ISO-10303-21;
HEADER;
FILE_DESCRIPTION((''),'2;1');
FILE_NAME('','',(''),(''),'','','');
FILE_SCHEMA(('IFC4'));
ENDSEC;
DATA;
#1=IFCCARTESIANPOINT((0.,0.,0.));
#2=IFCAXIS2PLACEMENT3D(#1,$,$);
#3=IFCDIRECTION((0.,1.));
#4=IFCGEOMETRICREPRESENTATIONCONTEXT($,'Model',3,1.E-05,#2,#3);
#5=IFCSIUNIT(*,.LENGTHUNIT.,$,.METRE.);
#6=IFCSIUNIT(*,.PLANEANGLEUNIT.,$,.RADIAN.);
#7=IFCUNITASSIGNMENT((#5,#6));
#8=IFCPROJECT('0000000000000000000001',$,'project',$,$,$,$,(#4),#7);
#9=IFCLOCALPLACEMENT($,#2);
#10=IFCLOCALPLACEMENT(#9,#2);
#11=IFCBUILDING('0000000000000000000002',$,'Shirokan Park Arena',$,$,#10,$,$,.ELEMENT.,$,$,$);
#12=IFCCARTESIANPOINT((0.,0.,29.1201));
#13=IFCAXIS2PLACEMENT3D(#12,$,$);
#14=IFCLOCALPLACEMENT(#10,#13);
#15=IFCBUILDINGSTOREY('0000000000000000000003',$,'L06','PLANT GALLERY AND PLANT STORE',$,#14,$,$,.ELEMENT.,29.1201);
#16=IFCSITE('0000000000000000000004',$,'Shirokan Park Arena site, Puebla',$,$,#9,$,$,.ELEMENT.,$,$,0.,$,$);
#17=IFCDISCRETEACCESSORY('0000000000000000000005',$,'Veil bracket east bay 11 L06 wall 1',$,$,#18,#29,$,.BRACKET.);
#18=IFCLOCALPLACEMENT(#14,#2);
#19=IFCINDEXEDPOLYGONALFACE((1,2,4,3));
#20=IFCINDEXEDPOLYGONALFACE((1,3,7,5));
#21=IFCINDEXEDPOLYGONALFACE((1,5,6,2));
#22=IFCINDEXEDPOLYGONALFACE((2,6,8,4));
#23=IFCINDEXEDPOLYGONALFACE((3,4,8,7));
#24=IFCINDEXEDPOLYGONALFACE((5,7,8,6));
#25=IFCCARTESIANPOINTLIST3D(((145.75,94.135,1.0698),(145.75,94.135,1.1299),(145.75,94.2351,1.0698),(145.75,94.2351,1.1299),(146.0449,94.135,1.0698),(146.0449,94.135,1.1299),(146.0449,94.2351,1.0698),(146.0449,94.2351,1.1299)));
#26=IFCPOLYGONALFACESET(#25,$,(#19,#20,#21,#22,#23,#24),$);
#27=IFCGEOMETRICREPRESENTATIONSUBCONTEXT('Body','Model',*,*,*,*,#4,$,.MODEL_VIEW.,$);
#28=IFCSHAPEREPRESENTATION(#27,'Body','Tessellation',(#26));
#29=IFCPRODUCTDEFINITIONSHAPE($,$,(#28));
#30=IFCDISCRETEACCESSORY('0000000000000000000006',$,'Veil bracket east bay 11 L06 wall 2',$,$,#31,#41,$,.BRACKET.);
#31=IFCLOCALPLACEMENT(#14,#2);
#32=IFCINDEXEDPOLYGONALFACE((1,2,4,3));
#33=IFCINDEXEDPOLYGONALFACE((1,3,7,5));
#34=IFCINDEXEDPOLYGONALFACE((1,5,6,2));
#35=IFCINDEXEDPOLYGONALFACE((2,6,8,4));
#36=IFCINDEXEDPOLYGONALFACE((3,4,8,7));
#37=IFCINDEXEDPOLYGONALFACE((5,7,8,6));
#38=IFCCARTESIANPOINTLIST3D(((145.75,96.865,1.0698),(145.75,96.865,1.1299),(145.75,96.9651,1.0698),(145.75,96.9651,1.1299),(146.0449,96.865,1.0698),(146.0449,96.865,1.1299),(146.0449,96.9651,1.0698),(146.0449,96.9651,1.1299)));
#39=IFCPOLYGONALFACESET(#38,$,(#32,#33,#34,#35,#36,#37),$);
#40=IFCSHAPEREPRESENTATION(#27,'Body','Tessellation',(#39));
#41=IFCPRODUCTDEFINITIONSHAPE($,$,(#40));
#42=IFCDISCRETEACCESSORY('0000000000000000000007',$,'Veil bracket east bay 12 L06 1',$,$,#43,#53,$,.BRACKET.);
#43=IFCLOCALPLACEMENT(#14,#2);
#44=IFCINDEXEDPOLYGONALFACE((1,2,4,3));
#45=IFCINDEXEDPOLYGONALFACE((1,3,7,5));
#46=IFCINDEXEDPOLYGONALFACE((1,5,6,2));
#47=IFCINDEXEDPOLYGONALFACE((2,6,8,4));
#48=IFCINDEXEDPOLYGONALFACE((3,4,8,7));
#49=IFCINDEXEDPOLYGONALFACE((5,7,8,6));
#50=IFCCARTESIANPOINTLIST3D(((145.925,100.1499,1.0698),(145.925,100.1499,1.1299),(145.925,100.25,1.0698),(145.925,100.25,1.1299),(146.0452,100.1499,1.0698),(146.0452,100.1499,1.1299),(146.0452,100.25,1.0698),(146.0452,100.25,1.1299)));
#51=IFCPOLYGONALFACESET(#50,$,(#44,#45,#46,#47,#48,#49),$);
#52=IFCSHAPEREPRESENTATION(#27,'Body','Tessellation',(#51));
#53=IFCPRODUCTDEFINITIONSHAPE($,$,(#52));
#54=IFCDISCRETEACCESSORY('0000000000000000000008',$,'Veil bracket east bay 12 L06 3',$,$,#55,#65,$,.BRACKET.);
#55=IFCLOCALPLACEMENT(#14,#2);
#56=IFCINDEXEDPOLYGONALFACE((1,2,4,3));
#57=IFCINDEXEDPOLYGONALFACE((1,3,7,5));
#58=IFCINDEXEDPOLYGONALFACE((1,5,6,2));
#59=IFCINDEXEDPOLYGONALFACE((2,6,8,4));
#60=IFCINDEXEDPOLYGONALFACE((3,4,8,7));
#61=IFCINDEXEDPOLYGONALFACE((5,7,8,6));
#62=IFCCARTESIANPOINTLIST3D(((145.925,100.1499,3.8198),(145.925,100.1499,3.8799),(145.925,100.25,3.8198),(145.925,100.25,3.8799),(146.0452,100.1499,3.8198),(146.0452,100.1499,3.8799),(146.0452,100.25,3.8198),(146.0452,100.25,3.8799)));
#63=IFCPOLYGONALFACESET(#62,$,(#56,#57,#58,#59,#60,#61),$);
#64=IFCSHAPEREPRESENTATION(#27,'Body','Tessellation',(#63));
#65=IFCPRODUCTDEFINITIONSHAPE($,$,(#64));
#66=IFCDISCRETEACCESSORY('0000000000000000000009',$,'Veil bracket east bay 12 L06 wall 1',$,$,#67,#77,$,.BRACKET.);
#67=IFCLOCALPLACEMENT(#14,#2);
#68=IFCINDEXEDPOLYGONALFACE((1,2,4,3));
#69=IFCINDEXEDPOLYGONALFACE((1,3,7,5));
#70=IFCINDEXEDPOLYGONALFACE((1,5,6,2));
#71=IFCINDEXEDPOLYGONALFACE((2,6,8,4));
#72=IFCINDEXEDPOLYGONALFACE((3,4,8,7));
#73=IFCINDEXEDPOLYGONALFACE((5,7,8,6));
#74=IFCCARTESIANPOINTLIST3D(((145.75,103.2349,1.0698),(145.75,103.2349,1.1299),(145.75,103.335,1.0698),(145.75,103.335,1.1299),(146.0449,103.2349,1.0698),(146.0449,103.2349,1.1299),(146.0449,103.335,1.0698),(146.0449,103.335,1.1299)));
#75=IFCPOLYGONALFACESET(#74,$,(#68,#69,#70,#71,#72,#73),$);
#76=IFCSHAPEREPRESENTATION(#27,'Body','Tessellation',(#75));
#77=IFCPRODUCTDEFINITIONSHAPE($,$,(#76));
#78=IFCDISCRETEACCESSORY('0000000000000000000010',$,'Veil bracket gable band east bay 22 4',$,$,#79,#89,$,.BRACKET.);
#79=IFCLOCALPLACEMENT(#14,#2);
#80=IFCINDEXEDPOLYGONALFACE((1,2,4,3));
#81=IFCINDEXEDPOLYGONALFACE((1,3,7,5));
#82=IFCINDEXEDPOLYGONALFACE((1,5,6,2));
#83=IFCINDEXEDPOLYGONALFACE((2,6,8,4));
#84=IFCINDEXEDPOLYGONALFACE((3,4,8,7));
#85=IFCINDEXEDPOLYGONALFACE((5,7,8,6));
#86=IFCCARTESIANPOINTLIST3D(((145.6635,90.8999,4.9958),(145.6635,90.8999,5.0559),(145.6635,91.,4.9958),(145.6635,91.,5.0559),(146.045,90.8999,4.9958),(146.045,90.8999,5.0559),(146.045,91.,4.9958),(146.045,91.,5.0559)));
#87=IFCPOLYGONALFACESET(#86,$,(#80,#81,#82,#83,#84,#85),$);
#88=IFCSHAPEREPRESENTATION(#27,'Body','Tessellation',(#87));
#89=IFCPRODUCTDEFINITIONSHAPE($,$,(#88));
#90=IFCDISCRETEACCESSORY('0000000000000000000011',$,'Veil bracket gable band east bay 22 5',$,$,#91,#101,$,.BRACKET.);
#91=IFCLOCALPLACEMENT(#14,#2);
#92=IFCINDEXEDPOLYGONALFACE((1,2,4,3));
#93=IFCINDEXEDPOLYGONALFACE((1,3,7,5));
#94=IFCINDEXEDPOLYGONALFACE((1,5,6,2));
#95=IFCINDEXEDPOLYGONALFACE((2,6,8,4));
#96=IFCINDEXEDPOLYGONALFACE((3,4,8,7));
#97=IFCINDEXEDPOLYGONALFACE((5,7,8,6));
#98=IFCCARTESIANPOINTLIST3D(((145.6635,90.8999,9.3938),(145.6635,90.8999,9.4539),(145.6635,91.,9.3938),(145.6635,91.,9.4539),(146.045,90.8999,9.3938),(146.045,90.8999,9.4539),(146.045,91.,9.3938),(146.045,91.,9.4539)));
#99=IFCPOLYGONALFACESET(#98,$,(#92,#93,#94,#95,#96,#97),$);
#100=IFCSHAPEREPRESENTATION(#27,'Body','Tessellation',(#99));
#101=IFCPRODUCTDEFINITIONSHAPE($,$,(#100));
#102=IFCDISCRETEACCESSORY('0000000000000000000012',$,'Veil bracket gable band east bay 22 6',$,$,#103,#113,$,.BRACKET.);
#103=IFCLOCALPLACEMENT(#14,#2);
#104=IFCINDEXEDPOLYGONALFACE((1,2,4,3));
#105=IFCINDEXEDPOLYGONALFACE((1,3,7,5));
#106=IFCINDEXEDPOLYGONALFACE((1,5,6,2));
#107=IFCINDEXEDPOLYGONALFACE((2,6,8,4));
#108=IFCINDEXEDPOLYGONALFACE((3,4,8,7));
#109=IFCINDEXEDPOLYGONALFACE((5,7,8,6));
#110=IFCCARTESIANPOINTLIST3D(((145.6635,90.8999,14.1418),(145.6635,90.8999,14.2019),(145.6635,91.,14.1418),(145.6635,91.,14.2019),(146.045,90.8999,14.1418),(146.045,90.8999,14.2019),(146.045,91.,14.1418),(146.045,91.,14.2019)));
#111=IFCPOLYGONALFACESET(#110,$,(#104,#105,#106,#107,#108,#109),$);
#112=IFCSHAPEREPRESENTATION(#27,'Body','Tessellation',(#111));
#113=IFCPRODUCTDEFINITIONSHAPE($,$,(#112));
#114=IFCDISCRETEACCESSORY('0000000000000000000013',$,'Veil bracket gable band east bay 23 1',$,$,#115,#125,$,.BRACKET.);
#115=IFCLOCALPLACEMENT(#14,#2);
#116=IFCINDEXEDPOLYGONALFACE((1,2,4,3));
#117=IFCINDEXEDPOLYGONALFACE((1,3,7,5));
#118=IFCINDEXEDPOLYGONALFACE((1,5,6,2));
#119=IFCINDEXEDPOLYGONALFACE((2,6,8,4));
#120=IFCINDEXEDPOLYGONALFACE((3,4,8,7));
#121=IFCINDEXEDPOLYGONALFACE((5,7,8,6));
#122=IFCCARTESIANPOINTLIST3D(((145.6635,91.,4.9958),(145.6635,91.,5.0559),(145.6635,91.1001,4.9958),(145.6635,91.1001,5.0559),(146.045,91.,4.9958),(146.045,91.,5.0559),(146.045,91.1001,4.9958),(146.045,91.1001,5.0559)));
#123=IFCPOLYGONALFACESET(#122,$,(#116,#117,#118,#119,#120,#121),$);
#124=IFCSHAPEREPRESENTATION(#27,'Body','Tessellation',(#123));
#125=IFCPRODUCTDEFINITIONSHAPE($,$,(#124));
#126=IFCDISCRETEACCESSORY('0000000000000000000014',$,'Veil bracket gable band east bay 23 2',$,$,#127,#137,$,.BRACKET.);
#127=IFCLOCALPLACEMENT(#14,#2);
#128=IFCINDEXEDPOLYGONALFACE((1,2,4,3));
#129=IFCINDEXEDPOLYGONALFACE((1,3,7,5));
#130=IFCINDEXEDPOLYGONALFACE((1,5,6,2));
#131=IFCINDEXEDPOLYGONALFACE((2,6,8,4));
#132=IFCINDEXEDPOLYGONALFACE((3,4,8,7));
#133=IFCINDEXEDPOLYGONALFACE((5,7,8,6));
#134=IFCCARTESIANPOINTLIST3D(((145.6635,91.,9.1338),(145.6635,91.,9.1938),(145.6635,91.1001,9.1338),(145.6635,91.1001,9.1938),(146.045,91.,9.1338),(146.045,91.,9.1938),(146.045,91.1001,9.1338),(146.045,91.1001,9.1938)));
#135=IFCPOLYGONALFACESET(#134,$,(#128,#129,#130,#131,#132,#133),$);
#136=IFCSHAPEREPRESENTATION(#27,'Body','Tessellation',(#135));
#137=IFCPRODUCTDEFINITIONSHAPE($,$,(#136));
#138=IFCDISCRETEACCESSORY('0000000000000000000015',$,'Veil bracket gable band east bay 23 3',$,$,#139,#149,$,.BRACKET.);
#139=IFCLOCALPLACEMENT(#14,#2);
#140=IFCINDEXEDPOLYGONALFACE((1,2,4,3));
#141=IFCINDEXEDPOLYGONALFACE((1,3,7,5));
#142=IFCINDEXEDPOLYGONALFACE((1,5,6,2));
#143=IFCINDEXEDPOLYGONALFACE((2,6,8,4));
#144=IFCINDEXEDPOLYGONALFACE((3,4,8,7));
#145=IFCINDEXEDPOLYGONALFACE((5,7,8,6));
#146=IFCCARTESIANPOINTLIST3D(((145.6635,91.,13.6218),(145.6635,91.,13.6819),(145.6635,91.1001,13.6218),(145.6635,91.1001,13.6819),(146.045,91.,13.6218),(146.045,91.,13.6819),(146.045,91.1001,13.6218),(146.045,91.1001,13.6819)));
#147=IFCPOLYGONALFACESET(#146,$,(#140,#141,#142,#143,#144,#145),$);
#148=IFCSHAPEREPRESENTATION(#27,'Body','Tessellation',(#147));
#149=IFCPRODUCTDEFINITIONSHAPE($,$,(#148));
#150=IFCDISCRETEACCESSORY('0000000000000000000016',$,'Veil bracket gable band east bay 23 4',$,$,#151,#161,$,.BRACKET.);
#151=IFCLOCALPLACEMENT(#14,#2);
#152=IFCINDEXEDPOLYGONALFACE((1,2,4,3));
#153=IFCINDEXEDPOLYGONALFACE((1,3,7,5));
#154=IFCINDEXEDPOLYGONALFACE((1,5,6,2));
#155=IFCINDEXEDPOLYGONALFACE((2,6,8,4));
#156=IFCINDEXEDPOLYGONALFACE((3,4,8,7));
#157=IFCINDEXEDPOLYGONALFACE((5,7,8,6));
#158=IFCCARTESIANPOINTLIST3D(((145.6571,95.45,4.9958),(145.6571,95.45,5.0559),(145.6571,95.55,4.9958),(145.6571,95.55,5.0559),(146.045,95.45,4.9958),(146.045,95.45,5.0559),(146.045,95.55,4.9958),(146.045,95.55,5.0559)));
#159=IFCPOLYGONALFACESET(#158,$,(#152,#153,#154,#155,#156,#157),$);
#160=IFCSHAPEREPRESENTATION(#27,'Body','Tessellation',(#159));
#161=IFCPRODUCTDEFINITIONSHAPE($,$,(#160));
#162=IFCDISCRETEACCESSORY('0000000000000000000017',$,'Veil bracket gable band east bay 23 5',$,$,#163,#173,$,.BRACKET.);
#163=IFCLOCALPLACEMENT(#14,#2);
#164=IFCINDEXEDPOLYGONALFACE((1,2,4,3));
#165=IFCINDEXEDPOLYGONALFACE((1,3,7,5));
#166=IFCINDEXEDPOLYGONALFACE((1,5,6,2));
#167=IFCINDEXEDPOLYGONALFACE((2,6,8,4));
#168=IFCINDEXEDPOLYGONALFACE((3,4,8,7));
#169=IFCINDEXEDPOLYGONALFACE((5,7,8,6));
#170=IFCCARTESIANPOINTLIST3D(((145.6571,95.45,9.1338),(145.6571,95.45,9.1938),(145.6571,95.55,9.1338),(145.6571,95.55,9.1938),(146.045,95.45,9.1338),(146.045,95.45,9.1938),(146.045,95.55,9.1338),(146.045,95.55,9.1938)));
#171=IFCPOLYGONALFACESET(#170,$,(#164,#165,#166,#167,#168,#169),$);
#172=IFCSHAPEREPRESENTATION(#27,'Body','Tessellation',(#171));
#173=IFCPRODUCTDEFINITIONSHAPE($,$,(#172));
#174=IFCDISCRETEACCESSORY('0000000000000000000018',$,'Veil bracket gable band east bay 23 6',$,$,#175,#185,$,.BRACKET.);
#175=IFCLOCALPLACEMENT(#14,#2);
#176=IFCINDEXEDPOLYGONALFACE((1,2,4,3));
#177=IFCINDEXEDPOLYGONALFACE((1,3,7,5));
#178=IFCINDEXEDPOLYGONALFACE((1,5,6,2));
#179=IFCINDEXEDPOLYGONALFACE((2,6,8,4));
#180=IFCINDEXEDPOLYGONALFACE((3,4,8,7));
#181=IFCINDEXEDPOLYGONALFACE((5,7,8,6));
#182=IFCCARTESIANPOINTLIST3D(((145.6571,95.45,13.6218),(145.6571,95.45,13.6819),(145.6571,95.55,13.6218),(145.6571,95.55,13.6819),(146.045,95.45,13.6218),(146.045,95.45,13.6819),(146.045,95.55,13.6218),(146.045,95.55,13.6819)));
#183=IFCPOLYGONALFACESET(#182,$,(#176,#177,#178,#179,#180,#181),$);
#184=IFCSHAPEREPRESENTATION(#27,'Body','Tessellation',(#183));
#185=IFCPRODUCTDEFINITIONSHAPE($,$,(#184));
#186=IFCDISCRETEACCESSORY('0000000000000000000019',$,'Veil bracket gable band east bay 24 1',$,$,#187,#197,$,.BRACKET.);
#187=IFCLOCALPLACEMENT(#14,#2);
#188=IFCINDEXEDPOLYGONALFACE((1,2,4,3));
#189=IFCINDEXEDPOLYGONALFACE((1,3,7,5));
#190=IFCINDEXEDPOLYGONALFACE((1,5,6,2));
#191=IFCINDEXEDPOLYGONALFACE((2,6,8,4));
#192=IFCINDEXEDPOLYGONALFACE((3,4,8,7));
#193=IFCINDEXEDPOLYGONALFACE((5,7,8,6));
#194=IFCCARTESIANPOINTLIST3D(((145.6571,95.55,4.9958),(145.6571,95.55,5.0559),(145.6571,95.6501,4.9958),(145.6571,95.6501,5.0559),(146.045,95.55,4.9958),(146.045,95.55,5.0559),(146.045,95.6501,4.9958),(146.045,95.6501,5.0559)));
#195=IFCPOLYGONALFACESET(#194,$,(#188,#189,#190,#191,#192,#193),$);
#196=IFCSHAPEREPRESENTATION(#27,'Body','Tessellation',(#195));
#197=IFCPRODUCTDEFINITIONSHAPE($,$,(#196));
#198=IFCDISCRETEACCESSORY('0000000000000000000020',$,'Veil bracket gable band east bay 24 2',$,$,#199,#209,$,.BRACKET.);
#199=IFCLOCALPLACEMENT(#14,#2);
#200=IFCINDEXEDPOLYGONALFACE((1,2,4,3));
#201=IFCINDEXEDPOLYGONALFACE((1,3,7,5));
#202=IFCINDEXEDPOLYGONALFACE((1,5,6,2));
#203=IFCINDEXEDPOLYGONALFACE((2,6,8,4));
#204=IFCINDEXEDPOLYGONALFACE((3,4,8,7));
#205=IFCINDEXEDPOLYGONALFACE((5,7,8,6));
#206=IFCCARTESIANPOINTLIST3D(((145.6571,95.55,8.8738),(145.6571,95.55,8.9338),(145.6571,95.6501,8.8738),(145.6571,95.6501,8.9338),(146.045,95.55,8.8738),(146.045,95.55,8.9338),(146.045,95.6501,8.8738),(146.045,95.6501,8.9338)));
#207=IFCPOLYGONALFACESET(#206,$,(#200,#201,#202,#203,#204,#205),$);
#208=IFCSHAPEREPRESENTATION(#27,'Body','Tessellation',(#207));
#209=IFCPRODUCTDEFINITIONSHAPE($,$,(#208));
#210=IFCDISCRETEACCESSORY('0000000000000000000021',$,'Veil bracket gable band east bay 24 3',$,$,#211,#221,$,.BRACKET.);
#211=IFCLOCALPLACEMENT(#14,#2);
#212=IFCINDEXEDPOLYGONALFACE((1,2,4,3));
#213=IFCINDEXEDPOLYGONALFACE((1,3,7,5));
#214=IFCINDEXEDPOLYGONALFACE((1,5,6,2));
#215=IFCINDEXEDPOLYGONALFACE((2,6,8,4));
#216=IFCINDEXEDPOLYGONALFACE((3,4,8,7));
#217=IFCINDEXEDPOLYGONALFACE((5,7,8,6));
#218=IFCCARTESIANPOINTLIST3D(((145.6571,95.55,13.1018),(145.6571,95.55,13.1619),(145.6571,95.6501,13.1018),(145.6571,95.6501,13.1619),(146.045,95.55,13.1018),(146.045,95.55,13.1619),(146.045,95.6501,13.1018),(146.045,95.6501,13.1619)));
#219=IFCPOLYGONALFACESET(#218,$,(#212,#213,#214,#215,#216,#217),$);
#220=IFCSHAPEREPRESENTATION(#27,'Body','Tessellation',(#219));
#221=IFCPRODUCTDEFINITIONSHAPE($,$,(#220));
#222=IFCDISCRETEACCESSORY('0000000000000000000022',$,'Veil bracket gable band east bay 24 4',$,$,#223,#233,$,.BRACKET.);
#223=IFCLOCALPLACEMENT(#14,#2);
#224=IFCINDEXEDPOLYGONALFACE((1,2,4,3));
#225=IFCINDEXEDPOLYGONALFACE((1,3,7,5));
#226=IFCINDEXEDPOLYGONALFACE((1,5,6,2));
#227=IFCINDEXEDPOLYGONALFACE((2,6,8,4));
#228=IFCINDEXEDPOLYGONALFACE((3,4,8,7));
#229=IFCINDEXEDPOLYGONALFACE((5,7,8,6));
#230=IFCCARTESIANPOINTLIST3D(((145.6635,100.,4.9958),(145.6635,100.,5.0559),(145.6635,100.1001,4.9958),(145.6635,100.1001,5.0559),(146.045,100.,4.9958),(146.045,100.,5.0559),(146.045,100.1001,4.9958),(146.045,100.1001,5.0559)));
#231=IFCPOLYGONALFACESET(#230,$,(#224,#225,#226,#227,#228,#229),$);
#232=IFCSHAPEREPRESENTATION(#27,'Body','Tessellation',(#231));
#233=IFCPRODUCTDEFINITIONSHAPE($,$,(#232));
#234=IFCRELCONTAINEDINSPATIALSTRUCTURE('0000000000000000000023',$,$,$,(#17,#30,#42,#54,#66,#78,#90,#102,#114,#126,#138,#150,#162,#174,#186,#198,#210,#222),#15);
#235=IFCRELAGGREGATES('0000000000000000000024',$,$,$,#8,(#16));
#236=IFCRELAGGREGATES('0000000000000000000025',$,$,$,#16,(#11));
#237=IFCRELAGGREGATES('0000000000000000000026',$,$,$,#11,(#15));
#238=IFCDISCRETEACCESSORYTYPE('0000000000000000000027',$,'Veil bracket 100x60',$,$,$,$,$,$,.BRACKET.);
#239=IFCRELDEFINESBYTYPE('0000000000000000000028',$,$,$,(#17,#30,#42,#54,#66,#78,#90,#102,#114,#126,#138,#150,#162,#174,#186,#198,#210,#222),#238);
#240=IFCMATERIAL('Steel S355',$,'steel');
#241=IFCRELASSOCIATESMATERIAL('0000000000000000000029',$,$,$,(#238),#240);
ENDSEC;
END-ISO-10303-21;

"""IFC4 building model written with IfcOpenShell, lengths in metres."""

from ifc_helpers import new_model, si_unit, direction, frame, origin, origin_2d, place, context, subcontext, project, spatial, rectangle, extrude, material, type_object, element, save


model = new_model("IFC4")

# Units and contexts
model_context = context("Model", 3, precision=1e-05, world=origin(), true_north=direction((0.0, 1.0)))
body_context = subcontext(model_context, "Body", "Model", "MODEL_VIEW")
ifc_project = project(units=[si_unit("LENGTHUNIT", "METRE"), si_unit("PLANEANGLEUNIT", "RADIAN")], contexts=[model_context])

# Site, building, storey
site_placement = place(None, origin())
site = spatial("IfcSite", under=ifc_project, at=site_placement, Name="Shirokan Park Arena site, Puebla", CompositionType="ELEMENT", RefElevation=0.0)
building_placement = place(site_placement, origin())
building = spatial("IfcBuilding", under=site, at=building_placement, Name="Shirokan Park Arena", CompositionType="ELEMENT")
storey_placement = place(building_placement, frame((0.0, 0.0, 29.1201)))
storey = spatial("IfcBuildingStorey", under=building, at=storey_placement, Name="L06", Description="PLANT GALLERY AND PLANT STORE", CompositionType="ELEMENT", Elevation=29.1201)

# Discrete accessories
ifc_material_1 = material(Name="Steel S355", Category="steel")
discrete_accessory_type = type_object("IfcDiscreteAccessoryType", Name="Veil bracket 100x60", PredefinedType="BRACKET", material=ifc_material_1)
for number, where, z_axis, x_axis, name in (
    (1, (145.8975, 94.1851, 1.0698), (0.0, 0.0, 1.0), (0.0, 1.0, 0.0), "Veil bracket east bay 11 L06 wall 1"),
    (2, (145.8975, 96.915, 1.0698), (0.0, 0.0, 1.0), (0.0, 1.0, 0.0), "Veil bracket east bay 11 L06 wall 2"),
):
    element("IfcDiscreteAccessory", number, at=place(storey_placement, frame(where, z_axis=z_axis, x_axis=x_axis)), inside=storey, type_object=discrete_accessory_type, Name=name, PredefinedType="BRACKET", context=body_context, shape_type="SweptSolid", body=[
        extrude(rectangle(XDim=0.1001, YDim=0.2949, at=origin_2d()), origin(), (0.0, 0.0, 1.0), 0.0601),
    ])
for number, where, z_axis, x_axis, name in (
    (3, (145.9851, 100.2, 1.0698), (0.0, 0.0, 1.0), (0.0, 1.0, 0.0), "Veil bracket east bay 12 L06 1"),
    (4, (145.9851, 100.2, 3.8198), (0.0, 0.0, 1.0), (0.0, 1.0, 0.0), "Veil bracket east bay 12 L06 3"),
):
    element("IfcDiscreteAccessory", number, at=place(storey_placement, frame(where, z_axis=z_axis, x_axis=x_axis)), inside=storey, type_object=discrete_accessory_type, Name=name, PredefinedType="BRACKET", context=body_context, shape_type="SweptSolid", body=[
        extrude(rectangle(XDim=0.1001, YDim=0.1201, at=origin_2d()), origin(), (0.0, 0.0, 1.0), 0.0601),
    ])
discrete_accessory_placement = place(storey_placement, frame((145.8975, 103.2849, 1.0698), z_axis=(0.0, 0.0, 1.0), x_axis=(0.0, 1.0, 0.0)))
element("IfcDiscreteAccessory", 5, at=discrete_accessory_placement, inside=storey, type_object=discrete_accessory_type, Name="Veil bracket east bay 12 L06 wall 1", PredefinedType="BRACKET", context=body_context, shape_type="SweptSolid", body=[
    extrude(rectangle(XDim=0.1001, YDim=0.2949, at=origin_2d()), origin(), (0.0, 0.0, 1.0), 0.0601),
])
for number, where, z_axis, x_axis, name in (
    (6, (145.8542, 90.95, 4.9958), (0.0, 0.0, 1.0), (1.0, 0.0, 0.0), "Veil bracket gable band east bay 22 4"),
    (7, (145.8542, 90.95, 9.3938), (0.0, 0.0, 1.0), (1.0, 0.0, 0.0), "Veil bracket gable band east bay 22 5"),
    (8, (145.8542, 90.95, 14.1418), (0.0, 0.0, 1.0), (1.0, 0.0, 0.0), "Veil bracket gable band east bay 22 6"),
    (9, (145.8542, 91.05, 4.9958), (0.0, 0.0, 1.0), (1.0, 0.0, 0.0), "Veil bracket gable band east bay 23 1"),
    (10, (145.8542, 91.05, 9.1338), (0.0, 0.0, 1.0), (1.0, 0.0, 0.0), "Veil bracket gable band east bay 23 2"),
    (11, (145.8542, 91.05, 13.6218), (0.0, 0.0, 1.0), (1.0, 0.0, 0.0), "Veil bracket gable band east bay 23 3"),
):
    element("IfcDiscreteAccessory", number, at=place(storey_placement, frame(where, z_axis=z_axis, x_axis=x_axis)), inside=storey, type_object=discrete_accessory_type, Name=name, PredefinedType="BRACKET", context=body_context, shape_type="SweptSolid", body=[
        extrude(rectangle(XDim=0.3816, YDim=0.1001, at=origin_2d()), origin(), (0.0, 0.0, 1.0), 0.0601),
    ])
for number, where, z_axis, x_axis, name in (
    (12, (145.8511, 95.5, 4.9958), (0.0, 0.0, 1.0), (1.0, 0.0, 0.0), "Veil bracket gable band east bay 23 4"),
    (13, (145.8511, 95.5, 9.1338), (0.0, 0.0, 1.0), (1.0, 0.0, 0.0), "Veil bracket gable band east bay 23 5"),
    (14, (145.8511, 95.5, 13.6218), (0.0, 0.0, 1.0), (1.0, 0.0, 0.0), "Veil bracket gable band east bay 23 6"),
    (15, (145.8511, 95.6001, 4.9958), (0.0, 0.0, 1.0), (1.0, 0.0, 0.0), "Veil bracket gable band east bay 24 1"),
    (16, (145.8511, 95.6001, 8.8738), (0.0, 0.0, 1.0), (1.0, 0.0, 0.0), "Veil bracket gable band east bay 24 2"),
    (17, (145.8511, 95.6001, 13.1018), (0.0, 0.0, 1.0), (1.0, 0.0, 0.0), "Veil bracket gable band east bay 24 3"),
):
    element("IfcDiscreteAccessory", number, at=place(storey_placement, frame(where, z_axis=z_axis, x_axis=x_axis)), inside=storey, type_object=discrete_accessory_type, Name=name, PredefinedType="BRACKET", context=body_context, shape_type="SweptSolid", body=[
        extrude(rectangle(XDim=0.3879, YDim=0.1001, at=origin_2d()), origin(), (0.0, 0.0, 1.0), 0.0601),
    ])
for number, where, z_axis, x_axis, name in (
    (18, (145.8542, 100.05, 4.9958), (0.0, 0.0, 1.0), (1.0, 0.0, 0.0), "Veil bracket gable band east bay 24 4"),
):
    element("IfcDiscreteAccessory", number, at=place(storey_placement, frame(where, z_axis=z_axis, x_axis=x_axis)), inside=storey, type_object=discrete_accessory_type, Name=name, PredefinedType="BRACKET", context=body_context, shape_type="SweptSolid", body=[
        extrude(rectangle(XDim=0.3816, YDim=0.1001, at=origin_2d()), origin(), (0.0, 0.0, 1.0), 0.0601),
    ])

save(model, "model.ifc")
